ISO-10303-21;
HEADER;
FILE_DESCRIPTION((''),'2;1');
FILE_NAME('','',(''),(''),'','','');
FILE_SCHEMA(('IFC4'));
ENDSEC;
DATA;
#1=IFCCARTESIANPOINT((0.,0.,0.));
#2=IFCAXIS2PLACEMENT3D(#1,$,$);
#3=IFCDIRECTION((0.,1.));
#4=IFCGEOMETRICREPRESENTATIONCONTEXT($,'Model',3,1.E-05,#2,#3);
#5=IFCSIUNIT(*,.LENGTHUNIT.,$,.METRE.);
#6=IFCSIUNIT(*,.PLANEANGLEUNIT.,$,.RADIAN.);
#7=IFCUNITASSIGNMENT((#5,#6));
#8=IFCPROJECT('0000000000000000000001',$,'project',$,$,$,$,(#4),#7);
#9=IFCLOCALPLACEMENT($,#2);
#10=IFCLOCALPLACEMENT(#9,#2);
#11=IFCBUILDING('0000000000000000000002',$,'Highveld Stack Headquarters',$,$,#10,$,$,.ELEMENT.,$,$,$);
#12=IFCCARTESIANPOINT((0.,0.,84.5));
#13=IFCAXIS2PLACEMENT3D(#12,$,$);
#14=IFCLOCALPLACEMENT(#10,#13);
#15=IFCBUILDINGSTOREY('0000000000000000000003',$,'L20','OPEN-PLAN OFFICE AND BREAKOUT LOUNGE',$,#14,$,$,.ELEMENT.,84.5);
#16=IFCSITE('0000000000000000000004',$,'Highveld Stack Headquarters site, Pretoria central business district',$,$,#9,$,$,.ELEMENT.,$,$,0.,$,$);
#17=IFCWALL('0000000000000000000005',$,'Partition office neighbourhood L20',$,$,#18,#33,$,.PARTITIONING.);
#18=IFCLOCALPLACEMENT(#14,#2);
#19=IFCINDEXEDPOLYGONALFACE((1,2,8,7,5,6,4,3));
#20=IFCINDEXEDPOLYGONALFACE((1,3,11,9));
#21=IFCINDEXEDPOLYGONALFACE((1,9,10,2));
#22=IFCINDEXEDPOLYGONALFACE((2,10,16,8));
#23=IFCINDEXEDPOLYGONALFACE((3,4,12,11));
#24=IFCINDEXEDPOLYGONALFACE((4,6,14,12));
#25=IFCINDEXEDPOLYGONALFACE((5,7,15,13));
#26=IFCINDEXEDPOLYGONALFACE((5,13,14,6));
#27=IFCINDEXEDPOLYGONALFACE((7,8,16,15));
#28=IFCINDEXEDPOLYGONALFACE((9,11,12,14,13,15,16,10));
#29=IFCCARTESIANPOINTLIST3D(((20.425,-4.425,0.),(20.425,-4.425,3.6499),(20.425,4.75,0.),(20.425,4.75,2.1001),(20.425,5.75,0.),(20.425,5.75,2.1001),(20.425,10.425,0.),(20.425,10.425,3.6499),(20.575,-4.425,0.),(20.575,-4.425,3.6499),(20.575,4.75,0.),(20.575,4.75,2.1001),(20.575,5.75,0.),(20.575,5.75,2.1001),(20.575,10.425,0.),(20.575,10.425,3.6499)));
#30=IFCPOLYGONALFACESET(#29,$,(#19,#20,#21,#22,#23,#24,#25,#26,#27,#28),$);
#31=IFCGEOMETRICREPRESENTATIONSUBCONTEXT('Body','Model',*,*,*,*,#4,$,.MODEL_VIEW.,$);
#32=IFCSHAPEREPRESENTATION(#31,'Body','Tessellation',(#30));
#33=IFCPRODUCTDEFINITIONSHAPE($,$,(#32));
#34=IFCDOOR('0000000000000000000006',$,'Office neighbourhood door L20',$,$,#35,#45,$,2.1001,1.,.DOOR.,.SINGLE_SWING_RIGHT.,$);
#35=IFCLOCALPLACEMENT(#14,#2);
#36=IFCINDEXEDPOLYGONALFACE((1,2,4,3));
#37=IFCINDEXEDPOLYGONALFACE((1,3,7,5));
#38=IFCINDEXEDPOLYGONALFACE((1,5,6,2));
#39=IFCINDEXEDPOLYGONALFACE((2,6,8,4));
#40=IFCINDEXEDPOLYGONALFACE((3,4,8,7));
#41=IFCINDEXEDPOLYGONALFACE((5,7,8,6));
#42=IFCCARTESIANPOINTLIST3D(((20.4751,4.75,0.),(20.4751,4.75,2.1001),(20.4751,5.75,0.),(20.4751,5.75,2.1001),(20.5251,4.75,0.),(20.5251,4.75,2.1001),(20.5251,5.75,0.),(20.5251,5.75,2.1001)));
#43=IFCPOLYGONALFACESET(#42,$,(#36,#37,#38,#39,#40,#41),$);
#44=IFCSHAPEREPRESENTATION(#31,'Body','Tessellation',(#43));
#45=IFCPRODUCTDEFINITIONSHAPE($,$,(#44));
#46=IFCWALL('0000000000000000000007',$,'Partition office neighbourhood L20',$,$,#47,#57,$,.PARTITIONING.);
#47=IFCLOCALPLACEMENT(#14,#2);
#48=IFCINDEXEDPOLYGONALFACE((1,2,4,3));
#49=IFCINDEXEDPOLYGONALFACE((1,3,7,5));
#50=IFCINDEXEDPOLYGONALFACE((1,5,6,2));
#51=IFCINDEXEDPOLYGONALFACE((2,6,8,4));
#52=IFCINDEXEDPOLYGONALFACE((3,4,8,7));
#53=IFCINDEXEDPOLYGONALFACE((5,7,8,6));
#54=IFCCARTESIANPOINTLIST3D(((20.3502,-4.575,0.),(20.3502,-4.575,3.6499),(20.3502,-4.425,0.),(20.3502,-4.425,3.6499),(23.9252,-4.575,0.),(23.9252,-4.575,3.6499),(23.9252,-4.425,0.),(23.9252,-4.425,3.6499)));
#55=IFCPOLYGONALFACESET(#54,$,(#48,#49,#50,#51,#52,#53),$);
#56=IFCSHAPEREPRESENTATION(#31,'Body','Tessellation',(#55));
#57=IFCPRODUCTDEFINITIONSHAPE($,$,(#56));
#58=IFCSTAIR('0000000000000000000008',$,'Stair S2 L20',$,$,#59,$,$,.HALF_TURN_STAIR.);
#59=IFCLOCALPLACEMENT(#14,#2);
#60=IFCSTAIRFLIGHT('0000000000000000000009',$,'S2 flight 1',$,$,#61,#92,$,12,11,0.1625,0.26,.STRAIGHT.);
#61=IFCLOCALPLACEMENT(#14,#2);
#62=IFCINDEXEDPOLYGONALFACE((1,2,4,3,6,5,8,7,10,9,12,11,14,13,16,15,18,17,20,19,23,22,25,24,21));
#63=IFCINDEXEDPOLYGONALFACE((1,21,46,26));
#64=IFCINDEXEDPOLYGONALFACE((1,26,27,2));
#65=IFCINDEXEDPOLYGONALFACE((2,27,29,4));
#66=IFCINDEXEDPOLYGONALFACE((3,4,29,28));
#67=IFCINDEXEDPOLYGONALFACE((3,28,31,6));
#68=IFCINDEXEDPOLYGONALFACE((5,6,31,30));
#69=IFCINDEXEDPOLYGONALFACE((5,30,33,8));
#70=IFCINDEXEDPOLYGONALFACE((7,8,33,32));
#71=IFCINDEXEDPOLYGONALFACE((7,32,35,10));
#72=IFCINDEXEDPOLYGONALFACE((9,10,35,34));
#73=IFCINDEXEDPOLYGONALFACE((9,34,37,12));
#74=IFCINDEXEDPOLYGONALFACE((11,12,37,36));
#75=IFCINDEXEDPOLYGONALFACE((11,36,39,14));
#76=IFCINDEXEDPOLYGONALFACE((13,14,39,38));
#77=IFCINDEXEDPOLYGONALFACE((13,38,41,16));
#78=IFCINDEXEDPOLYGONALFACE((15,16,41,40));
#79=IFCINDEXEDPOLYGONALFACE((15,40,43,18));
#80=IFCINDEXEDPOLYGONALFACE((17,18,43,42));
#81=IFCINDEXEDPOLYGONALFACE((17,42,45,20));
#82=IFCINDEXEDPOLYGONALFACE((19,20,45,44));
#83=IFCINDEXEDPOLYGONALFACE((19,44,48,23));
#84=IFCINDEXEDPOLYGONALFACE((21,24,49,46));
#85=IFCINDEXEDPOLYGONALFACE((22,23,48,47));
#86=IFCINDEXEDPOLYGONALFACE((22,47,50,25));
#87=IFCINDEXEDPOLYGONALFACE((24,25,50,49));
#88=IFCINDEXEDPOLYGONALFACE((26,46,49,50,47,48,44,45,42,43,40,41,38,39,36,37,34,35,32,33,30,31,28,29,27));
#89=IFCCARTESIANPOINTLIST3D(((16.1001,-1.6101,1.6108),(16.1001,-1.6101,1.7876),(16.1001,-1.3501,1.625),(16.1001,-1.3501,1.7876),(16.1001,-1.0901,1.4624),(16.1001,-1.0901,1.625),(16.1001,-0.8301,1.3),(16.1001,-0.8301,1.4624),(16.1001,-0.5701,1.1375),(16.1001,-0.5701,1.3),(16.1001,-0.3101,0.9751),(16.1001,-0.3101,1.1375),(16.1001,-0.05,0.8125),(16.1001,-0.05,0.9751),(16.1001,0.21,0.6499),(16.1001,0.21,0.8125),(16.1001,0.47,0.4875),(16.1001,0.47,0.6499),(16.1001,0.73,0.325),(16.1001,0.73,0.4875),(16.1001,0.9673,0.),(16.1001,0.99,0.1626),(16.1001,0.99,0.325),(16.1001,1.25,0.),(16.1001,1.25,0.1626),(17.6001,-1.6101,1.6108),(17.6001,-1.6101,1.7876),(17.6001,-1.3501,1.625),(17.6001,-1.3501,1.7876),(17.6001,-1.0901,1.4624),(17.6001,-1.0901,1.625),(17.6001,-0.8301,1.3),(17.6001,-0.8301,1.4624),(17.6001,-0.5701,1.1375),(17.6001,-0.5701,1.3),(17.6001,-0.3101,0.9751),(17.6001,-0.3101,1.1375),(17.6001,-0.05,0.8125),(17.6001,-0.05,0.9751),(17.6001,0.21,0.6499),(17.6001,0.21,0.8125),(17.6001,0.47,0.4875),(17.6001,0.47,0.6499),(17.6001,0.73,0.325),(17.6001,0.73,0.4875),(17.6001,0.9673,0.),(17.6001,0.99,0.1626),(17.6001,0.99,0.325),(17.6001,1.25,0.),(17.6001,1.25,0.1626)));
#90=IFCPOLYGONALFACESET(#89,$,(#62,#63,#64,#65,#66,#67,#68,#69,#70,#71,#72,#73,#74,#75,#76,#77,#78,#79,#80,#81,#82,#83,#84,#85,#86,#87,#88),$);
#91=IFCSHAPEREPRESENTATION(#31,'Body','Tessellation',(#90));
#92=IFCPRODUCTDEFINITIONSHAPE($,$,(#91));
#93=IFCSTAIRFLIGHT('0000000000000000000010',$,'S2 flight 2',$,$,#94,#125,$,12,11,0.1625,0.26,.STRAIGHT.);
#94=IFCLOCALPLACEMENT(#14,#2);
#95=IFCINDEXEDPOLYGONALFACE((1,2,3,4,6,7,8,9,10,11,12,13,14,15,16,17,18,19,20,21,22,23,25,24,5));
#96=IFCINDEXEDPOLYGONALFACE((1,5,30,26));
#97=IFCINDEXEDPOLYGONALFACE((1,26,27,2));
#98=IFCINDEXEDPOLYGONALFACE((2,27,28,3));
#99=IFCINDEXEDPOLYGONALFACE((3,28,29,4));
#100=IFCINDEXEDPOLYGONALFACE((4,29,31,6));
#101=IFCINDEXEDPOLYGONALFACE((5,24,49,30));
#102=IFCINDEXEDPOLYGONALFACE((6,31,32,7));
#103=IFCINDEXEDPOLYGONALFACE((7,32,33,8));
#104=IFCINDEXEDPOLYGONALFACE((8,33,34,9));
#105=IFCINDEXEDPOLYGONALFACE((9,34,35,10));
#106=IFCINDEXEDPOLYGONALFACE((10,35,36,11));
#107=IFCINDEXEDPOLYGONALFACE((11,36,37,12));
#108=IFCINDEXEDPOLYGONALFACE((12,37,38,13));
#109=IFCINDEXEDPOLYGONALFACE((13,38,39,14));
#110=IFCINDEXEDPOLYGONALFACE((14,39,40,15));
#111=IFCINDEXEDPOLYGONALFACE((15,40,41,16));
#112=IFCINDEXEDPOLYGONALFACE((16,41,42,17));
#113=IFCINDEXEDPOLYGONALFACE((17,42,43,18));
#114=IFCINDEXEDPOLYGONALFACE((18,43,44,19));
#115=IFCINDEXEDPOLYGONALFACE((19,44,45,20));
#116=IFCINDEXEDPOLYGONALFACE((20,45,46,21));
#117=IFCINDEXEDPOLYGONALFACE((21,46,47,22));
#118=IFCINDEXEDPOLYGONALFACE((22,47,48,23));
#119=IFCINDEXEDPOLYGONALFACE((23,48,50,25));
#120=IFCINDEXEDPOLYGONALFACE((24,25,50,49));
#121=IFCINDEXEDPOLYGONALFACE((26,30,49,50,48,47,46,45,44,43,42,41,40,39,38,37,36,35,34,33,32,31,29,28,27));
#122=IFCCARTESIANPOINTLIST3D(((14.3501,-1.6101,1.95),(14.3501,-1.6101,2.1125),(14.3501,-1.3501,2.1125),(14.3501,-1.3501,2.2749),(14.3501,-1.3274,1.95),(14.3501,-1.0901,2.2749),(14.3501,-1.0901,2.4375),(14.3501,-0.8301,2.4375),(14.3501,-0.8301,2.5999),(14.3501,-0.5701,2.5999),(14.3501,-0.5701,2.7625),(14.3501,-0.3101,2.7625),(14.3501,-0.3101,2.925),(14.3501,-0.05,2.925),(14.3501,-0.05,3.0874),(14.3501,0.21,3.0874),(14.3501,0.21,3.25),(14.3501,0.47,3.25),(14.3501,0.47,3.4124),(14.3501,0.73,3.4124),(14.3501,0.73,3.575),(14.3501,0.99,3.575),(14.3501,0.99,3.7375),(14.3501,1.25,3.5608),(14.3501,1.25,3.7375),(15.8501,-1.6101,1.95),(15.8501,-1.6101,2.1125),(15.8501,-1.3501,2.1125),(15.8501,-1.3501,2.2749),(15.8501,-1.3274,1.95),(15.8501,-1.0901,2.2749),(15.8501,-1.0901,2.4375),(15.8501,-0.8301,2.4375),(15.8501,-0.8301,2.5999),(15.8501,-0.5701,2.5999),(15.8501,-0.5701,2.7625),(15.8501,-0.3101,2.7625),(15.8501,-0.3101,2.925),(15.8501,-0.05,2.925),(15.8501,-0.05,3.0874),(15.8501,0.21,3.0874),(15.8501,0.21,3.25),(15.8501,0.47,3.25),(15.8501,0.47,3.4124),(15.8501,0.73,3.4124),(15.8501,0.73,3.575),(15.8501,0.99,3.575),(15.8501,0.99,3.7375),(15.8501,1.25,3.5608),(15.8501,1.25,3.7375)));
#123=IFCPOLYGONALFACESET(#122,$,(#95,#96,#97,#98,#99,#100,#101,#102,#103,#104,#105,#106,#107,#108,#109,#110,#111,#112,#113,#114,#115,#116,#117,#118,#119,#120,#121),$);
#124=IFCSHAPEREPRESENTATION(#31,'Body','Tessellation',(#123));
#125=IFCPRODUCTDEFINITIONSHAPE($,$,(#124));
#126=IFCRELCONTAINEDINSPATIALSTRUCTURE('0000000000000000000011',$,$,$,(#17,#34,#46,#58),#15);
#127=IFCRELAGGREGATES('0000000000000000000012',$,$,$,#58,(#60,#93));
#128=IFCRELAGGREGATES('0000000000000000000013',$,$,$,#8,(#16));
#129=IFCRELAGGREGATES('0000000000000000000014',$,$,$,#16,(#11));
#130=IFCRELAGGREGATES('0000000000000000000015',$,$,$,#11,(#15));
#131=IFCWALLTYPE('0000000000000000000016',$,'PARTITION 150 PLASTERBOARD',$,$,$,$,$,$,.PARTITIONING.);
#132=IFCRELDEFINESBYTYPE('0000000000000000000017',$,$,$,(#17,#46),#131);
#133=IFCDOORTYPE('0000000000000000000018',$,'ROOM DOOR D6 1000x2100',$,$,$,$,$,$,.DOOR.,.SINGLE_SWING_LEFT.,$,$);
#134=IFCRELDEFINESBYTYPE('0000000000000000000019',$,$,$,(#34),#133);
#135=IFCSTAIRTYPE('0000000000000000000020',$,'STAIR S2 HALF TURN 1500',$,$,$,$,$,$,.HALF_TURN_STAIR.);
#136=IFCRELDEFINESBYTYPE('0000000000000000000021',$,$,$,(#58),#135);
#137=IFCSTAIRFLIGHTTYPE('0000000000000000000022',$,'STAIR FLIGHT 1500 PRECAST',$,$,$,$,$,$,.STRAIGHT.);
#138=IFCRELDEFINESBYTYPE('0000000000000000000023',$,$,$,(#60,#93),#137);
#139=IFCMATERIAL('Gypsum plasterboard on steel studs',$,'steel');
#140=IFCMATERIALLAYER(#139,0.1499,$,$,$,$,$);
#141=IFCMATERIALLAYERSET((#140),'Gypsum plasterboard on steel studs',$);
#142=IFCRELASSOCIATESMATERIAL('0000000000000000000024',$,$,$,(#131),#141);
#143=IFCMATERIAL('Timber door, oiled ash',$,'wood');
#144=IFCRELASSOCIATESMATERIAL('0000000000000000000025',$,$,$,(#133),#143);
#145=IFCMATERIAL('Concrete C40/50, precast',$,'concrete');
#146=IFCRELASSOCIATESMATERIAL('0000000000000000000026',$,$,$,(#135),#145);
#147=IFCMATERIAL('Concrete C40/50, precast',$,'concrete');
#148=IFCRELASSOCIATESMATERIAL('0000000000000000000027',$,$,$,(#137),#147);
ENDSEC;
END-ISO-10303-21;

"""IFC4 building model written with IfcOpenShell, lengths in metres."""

from ifc_helpers import new_model, si_unit, direction, frame, frame_2d, origin, place, context, subcontext, project, spatial, polyline, rectangle, outline, extrude, material, layer, layer_set, type_object, element, fill, aggregate, save


model = new_model("IFC4")

# Units and contexts
model_context = context("Model", 3, precision=1e-05, world=origin(), true_north=direction((0.0, 1.0)))
body_context = subcontext(model_context, "Body", "Model", "MODEL_VIEW")
ifc_project = project(units=[si_unit("LENGTHUNIT", "METRE"), si_unit("PLANEANGLEUNIT", "RADIAN")], contexts=[model_context])

# Site, building, storey
site_placement = place(None, origin())
site = spatial("IfcSite", under=ifc_project, at=site_placement, Name="Highveld Stack Headquarters site, Pretoria central business district", CompositionType="ELEMENT", RefElevation=0.0)
building_placement = place(site_placement, origin())
building = spatial("IfcBuilding", under=site, at=building_placement, Name="Highveld Stack Headquarters", CompositionType="ELEMENT")
storey_placement = place(building_placement, frame((0.0, 0.0, 84.5)))
storey = spatial("IfcBuildingStorey", under=building, at=storey_placement, Name="L20", Description="OPEN-PLAN OFFICE AND BREAKOUT LOUNGE", CompositionType="ELEMENT", Elevation=84.5)

# Wall, opening, door
ifc_material_1 = material(Name="Gypsum plasterboard on steel studs", Category="steel")
ifc_layer_1 = layer(ifc_material_1, 0.1499)
ifc_layer_set_1 = layer_set([ifc_layer_1], Name="Gypsum plasterboard on steel studs")
wall_type_1 = type_object("IfcWallType", Name="PARTITION 150 PLASTERBOARD", PredefinedType="PARTITIONING", material=ifc_layer_set_1)
ifc_material_2 = material(Name="Timber door, oiled ash", Category="wood")
door_type_1 = type_object("IfcDoorType", Name="ROOM DOOR D6 1000x2100", OperationType="SINGLE_SWING_LEFT", PredefinedType="DOOR", material=ifc_material_2)
wall_1_placement = place(storey_placement, frame((20.5, -4.425, 0.0), z_axis=(0.0, 0.0, 1.0), x_axis=(0.0, 1.0, 0.0)))
wall_1 = element("IfcWall", 1, at=wall_1_placement, inside=storey, type_object=wall_type_1, Name="Partition office neighbourhood L20", PredefinedType="PARTITIONING", context=body_context, shape_type="SweptSolid", body=[
    extrude(rectangle(XDim=14.8501, YDim=0.1499, at=frame_2d((7.425, 0.0))), origin(), (0.0, 0.0, 1.0), 3.6499),
])
opening_1_placement = place(wall_1_placement, frame((9.175, 0.0, 0.0)))
opening_1 = element("IfcOpeningElement", 2, at=opening_1_placement, cuts=wall_1, PredefinedType="OPENING", context=body_context, shape_type="SweptSolid", body=[
    extrude(rectangle(XDim=1.0, YDim=2.1001, at=frame_2d((0.5, 1.05))), frame((0.0, 0.085, 0.0), z_axis=(0.0, -1.0, 0.0), x_axis=(1.0, 0.0, 0.0)), (0.0, 0.0, 1.0), 0.1699),
])
door_1_placement = place(opening_1_placement, origin())
door_1 = element("IfcDoor", 3, at=door_1_placement, inside=storey, type_object=door_type_1, Name="Office neighbourhood door L20", OperationType="SINGLE_SWING_RIGHT", OverallHeight=2.1001, OverallWidth=1.0, PredefinedType="DOOR", context=body_context, shape_type="SweptSolid", body=[
    extrude(rectangle(XDim=1.0, YDim=2.1001, at=frame_2d((0.5, 1.05))), frame((0.0, 0.0249, 0.0), z_axis=(0.0, -1.0, 0.0), x_axis=(1.0, 0.0, 0.0)), (0.0, 0.0, 1.0), 0.05),
])
fill(opening_1, door_1)

# Wall
wall_2_placement = place(storey_placement, frame((20.3501, -4.5, 0.0), z_axis=(0.0, 0.0, 1.0), x_axis=(1.0, 0.0, 0.0)))
element("IfcWall", 4, at=wall_2_placement, inside=storey, type_object=wall_type_1, Name="Partition office neighbourhood L20", PredefinedType="PARTITIONING", context=body_context, shape_type="SweptSolid", body=[
    extrude(rectangle(XDim=3.575, YDim=0.1499, at=frame_2d((1.7876, 0.0))), origin(), (0.0, 0.0, 1.0), 3.6499),
])

# Stair, stair flights
ifc_material_3 = material(Name="Concrete C40/50, precast", Category="concrete")
stair_type = type_object("IfcStairType", Name="STAIR S2 HALF TURN 1500", PredefinedType="HALF_TURN_STAIR", material=ifc_material_3)
stair_placement = place(storey_placement, origin())
stair = element("IfcStair", 5, at=stair_placement, inside=storey, type_object=stair_type, Name="Stair S2 L20", PredefinedType="HALF_TURN_STAIR")
ifc_material_4 = material(Name="Concrete C40/50, precast", Category="concrete")
stair_flight_type = type_object("IfcStairFlightType", Name="STAIR FLIGHT 1500 PRECAST", PredefinedType="STRAIGHT", material=ifc_material_4)
stair_flight_1_placement = place(storey_placement, frame((16.8501, 1.25, 0.0), z_axis=(0.0, 0.0, 1.0), x_axis=(0.0, -1.0, 0.0)))
stair_flight_1 = element("IfcStairFlight", 6, at=stair_flight_1_placement, type_object=stair_flight_type, Name="S2 flight 1", NumberOfRisers=12, NumberOfTreads=11, PredefinedType="STRAIGHT", RiserHeight=0.1625, TreadLength=0.26, context=body_context, shape_type="SweptSolid", body=[
    extrude(outline(polyline([(0.0, 0.0), (0.0, 0.1626), (0.26, 0.1626), (0.26, 0.325), (0.52, 0.325), (0.52, 0.4875), (0.78, 0.4875), (0.78, 0.6499), (1.04, 0.6499), (1.04, 0.8125), (1.3, 0.8125), (1.3, 0.9751), (1.5601, 0.9751), (1.5601, 1.1375), (1.8201, 1.1375), (1.8201, 1.3), (2.0801, 1.3), (2.0801, 1.4624), (2.3401, 1.4624), (2.3401, 1.625), (2.6001, 1.625), (2.6001, 1.7876), (2.8601, 1.7876), (2.8601, 1.95), (2.8601, 1.6108), (0.2827, 0.0), (0.0, 0.0)])), frame((0.0, 0.75, 0.0), z_axis=(0.0, -1.0, 0.0), x_axis=(1.0, 0.0, 0.0)), (0.0, 0.0, 1.0), 1.5),
])
stair_flight_2_placement = place(storey_placement, frame((15.1001, -1.6101, 1.95), z_axis=(0.0, 0.0, 1.0), x_axis=(0.0, 1.0, 0.0)))
stair_flight_2 = element("IfcStairFlight", 7, at=stair_flight_2_placement, type_object=stair_flight_type, Name="S2 flight 2", NumberOfRisers=12, NumberOfTreads=11, PredefinedType="STRAIGHT", RiserHeight=0.1625, TreadLength=0.26, context=body_context, shape_type="SweptSolid", body=[
    extrude(outline(polyline([(0.0, 0.0), (0.0, 0.1626), (0.26, 0.1626), (0.26, 0.325), (0.52, 0.325), (0.52, 0.4875), (0.78, 0.4875), (0.78, 0.6499), (1.04, 0.6499), (1.04, 0.8125), (1.3, 0.8125), (1.3, 0.9751), (1.5601, 0.9751), (1.5601, 1.1375), (1.8201, 1.1375), (1.8201, 1.3), (2.0801, 1.3), (2.0801, 1.4624), (2.3401, 1.4624), (2.3401, 1.625), (2.6001, 1.625), (2.6001, 1.7876), (2.8601, 1.7876), (2.8601, 1.95), (2.8601, 1.6108), (0.2827, 0.0), (0.0, 0.0)])), frame((0.0, 0.75, 0.0), z_axis=(0.0, -1.0, 0.0), x_axis=(1.0, 0.0, 0.0)), (0.0, 0.0, 1.0), 1.5),
])
aggregate(stair, [stair_flight_1, stair_flight_2])

save(model, "model.ifc")
